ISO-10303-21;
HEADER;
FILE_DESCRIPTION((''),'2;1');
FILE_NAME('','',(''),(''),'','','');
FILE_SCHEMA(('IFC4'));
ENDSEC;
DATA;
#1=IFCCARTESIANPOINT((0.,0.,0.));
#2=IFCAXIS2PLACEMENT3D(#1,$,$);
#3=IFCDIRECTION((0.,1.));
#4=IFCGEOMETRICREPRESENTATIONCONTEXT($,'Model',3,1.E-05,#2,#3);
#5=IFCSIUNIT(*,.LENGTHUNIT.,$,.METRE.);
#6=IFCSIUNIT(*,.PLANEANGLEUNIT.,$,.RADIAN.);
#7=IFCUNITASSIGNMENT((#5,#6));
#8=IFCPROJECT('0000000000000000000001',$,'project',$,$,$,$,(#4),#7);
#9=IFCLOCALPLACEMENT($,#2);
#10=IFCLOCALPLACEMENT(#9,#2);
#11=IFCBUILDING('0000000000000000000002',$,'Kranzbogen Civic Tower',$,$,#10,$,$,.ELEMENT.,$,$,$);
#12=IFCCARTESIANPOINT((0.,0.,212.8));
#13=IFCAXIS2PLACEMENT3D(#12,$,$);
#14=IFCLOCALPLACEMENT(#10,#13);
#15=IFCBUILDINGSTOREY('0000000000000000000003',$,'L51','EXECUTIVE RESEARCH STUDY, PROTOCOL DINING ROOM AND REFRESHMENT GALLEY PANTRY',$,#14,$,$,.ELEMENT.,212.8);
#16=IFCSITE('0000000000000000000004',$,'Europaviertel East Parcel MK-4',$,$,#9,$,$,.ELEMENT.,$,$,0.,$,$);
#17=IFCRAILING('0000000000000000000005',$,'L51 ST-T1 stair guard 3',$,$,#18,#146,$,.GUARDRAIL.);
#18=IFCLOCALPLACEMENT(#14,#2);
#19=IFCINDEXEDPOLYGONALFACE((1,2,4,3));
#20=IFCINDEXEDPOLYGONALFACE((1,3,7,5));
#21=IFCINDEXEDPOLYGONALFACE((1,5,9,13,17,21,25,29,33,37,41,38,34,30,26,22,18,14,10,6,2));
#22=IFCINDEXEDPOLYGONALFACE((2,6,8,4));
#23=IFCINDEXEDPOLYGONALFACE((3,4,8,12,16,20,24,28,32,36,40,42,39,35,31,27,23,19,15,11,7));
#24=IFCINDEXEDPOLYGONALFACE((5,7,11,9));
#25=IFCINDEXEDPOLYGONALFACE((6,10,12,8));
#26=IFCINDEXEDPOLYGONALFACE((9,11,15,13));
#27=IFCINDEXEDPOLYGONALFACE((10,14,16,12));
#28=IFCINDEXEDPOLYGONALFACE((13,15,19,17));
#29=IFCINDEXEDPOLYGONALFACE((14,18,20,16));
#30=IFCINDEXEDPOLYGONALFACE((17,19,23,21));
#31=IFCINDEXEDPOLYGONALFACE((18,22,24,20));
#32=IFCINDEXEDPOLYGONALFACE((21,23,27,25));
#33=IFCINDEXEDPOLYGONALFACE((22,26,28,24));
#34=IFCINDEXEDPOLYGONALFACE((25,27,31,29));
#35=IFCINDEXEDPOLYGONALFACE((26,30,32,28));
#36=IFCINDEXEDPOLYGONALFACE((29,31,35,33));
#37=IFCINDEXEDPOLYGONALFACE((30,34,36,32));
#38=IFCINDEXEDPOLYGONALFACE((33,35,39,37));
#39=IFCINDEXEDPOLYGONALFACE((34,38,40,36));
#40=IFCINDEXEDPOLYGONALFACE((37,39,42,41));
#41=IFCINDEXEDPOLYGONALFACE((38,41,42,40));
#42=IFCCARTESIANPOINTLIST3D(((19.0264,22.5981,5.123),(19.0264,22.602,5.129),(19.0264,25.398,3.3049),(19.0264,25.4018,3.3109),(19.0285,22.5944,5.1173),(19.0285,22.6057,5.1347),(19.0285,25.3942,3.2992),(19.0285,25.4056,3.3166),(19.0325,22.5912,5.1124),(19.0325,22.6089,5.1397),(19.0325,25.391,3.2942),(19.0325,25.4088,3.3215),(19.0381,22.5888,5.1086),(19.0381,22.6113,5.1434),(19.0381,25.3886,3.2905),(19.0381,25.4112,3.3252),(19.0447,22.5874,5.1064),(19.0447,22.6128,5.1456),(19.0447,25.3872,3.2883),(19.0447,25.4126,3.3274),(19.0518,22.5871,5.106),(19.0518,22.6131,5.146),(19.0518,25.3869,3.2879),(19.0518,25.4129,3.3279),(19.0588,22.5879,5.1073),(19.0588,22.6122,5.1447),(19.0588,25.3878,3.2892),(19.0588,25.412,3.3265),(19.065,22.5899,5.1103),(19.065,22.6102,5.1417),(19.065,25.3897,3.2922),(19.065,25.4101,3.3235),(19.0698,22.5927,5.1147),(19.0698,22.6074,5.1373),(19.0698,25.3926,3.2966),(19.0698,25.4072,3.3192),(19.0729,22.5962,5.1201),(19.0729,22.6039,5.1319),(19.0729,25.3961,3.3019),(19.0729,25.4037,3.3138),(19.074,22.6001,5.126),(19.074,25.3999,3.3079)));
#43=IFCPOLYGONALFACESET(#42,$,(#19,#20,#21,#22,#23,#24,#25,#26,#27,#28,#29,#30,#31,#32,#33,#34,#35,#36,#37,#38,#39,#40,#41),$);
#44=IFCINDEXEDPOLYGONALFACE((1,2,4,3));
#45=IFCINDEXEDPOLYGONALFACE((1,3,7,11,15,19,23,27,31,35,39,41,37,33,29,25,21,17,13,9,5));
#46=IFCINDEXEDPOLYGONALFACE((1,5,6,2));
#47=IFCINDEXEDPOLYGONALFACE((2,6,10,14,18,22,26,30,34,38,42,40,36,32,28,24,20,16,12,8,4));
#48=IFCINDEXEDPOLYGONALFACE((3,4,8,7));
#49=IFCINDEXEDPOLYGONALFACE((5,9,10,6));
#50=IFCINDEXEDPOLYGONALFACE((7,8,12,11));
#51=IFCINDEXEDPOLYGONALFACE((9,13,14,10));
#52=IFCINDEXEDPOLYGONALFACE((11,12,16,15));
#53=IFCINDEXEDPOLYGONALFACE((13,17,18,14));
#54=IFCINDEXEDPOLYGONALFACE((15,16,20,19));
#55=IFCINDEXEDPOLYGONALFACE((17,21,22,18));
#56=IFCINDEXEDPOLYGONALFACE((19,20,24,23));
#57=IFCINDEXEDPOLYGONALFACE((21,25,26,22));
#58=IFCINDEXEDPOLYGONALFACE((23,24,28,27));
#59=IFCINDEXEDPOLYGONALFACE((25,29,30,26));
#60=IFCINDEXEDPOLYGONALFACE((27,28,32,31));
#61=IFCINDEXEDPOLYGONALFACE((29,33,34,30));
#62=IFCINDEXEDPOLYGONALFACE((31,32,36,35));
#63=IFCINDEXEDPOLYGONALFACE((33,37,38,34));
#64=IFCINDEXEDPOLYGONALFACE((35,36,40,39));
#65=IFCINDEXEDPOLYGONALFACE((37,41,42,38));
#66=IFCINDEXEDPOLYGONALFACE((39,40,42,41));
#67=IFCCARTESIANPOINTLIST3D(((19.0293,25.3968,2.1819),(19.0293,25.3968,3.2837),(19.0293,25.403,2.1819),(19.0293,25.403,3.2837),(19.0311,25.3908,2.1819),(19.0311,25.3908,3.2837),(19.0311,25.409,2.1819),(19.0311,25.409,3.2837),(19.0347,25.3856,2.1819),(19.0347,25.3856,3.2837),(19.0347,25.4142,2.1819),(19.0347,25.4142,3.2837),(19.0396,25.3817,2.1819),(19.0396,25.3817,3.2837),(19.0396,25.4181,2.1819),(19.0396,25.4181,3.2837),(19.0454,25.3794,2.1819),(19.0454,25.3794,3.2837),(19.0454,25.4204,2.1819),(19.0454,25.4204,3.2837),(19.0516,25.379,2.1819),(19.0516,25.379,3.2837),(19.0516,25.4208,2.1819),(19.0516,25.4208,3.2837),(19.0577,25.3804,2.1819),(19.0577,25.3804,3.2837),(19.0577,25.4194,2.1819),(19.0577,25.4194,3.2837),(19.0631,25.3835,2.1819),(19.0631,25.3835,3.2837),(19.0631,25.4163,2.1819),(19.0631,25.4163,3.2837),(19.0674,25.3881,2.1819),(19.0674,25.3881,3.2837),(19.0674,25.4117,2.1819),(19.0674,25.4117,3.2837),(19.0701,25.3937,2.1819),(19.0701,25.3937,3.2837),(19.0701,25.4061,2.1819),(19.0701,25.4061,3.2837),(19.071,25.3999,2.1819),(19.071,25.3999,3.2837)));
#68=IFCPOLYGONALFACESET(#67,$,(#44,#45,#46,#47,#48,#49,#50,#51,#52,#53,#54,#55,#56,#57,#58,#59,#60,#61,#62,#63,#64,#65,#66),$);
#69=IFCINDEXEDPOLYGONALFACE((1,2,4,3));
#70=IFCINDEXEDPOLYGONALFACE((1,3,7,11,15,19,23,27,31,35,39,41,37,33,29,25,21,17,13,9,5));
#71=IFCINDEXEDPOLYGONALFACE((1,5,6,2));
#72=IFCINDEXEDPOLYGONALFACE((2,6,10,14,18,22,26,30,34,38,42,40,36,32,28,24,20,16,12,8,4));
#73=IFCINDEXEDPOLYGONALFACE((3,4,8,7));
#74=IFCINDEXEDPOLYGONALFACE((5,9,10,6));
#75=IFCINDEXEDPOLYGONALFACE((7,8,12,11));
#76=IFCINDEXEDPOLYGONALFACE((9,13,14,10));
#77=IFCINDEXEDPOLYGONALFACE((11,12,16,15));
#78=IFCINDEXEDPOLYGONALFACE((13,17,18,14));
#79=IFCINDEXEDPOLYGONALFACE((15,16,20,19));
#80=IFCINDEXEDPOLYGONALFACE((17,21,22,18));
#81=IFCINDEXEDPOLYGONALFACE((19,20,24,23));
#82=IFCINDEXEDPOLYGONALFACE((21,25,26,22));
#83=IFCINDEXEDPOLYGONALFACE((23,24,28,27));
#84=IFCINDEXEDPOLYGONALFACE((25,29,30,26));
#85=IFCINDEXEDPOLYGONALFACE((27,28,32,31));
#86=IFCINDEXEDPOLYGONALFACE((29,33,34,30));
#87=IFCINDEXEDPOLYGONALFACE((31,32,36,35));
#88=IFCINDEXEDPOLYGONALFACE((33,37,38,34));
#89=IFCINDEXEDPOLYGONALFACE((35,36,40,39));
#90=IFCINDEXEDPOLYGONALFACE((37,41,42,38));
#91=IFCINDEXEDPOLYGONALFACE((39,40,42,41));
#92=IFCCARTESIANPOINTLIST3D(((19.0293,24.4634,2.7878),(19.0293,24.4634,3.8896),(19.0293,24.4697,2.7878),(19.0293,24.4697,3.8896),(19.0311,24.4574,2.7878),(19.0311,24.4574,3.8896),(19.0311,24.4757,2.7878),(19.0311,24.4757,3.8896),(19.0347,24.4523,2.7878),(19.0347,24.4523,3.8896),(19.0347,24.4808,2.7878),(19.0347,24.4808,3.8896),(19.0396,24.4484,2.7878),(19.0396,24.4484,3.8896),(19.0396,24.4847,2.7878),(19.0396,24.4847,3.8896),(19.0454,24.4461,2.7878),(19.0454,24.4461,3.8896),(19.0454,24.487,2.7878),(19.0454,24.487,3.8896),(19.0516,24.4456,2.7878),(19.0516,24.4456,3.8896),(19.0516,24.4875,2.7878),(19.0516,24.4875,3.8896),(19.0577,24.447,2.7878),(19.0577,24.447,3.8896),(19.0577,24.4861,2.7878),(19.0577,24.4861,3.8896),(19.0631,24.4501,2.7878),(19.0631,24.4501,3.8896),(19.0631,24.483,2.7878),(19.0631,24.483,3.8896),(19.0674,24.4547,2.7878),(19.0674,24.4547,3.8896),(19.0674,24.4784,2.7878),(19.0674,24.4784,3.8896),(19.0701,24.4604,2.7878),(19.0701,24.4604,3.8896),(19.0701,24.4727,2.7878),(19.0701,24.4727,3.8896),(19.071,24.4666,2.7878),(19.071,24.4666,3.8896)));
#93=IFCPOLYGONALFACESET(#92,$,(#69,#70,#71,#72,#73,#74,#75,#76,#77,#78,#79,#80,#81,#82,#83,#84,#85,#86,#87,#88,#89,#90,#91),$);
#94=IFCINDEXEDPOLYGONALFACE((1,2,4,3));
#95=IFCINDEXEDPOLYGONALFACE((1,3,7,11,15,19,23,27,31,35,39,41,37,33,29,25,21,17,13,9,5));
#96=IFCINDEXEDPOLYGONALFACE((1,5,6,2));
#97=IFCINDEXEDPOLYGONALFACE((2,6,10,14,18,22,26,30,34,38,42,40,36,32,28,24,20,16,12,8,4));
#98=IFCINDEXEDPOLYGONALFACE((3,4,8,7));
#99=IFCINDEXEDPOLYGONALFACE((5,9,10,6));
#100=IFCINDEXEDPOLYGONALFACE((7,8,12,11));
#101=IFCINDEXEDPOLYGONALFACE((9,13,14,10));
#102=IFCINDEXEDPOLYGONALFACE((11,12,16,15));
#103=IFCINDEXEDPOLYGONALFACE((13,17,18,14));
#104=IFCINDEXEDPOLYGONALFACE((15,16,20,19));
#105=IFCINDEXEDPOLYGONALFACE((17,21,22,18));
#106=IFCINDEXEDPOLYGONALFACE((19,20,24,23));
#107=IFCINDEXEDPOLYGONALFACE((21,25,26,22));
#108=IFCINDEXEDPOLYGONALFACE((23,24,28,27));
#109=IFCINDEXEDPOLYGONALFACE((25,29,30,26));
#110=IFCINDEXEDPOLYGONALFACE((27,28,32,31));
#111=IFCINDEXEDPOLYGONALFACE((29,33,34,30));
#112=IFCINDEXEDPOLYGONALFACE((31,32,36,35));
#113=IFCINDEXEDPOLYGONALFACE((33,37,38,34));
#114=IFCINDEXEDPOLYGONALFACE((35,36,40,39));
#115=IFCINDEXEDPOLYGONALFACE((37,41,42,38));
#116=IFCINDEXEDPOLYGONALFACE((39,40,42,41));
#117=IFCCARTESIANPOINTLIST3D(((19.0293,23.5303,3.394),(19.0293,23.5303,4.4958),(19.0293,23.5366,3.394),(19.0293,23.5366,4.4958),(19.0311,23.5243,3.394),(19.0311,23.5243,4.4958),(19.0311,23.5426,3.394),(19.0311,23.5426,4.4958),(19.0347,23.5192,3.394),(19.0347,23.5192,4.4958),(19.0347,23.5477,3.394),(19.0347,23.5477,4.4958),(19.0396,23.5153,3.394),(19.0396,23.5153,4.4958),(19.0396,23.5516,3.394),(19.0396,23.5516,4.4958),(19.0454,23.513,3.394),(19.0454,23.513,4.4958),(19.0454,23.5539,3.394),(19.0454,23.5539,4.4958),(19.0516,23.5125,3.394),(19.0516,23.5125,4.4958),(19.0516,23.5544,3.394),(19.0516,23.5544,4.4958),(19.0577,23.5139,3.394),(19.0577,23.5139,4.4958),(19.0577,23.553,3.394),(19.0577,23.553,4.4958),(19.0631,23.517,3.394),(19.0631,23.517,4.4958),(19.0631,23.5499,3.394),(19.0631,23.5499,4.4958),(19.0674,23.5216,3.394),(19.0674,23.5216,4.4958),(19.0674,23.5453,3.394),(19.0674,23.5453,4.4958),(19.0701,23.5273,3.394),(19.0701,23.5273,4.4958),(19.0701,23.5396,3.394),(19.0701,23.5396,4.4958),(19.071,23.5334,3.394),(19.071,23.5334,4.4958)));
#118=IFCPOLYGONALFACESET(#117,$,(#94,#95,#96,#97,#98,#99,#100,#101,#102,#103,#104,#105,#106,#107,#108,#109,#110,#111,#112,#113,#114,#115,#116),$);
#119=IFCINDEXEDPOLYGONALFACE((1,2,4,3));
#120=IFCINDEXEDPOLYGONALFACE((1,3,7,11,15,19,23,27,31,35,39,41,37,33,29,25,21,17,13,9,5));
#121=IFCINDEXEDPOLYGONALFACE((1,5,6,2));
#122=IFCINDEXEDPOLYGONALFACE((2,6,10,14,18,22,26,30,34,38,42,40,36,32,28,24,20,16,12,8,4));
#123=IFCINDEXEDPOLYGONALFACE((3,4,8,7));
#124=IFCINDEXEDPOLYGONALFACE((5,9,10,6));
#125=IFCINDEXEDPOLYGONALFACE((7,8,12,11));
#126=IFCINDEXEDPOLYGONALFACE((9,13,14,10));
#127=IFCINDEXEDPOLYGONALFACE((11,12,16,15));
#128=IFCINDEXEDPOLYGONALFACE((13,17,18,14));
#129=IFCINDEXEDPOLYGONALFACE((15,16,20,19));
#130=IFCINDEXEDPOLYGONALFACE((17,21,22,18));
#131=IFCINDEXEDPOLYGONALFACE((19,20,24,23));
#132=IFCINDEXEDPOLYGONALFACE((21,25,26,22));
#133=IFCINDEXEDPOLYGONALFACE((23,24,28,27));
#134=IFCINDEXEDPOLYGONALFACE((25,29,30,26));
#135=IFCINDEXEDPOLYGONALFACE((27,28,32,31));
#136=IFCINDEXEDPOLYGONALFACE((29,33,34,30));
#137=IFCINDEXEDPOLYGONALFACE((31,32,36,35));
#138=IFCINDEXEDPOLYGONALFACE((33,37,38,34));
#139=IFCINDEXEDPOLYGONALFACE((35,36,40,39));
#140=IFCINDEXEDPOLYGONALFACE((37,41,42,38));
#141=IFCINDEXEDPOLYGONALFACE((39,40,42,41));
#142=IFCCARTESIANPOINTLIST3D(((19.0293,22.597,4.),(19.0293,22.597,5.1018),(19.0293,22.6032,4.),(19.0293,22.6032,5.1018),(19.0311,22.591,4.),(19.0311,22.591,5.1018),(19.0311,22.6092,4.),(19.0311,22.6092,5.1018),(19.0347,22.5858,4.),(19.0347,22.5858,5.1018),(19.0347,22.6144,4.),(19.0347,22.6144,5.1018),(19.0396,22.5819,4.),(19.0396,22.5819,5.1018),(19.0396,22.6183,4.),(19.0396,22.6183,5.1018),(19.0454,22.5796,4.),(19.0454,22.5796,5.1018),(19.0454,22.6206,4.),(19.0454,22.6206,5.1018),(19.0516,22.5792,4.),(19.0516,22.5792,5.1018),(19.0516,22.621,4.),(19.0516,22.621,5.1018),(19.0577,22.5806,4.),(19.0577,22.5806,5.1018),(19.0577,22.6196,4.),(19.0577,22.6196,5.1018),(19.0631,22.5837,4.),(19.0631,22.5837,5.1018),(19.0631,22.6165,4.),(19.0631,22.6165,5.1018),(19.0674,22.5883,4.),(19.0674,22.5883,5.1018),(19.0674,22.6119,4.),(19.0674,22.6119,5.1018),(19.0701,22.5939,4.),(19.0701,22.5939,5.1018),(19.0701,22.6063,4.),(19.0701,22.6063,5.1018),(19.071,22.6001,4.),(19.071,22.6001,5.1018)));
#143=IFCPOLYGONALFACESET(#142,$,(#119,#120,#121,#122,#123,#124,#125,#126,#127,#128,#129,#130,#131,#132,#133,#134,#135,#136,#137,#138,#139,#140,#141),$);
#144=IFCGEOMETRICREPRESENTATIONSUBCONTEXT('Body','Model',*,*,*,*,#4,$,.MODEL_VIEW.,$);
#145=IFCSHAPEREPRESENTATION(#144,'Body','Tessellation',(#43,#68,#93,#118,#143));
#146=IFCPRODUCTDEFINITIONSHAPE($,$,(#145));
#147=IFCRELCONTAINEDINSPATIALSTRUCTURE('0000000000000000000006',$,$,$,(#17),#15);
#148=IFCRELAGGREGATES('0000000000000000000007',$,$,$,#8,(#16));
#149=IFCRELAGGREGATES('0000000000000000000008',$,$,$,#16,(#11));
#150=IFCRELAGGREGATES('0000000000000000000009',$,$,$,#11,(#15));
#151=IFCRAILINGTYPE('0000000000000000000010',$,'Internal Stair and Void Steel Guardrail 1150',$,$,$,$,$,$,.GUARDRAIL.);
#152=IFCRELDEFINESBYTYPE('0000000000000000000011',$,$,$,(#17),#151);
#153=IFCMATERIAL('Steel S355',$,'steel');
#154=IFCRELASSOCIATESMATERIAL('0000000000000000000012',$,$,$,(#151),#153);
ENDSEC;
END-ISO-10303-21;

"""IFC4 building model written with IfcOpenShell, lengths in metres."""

from ifc_helpers import new_model, si_unit, direction, frame, origin, origin_2d, place, context, subcontext, project, spatial, circle, extrude, material, type_object, element, save


model = new_model("IFC4")

# Units and contexts
model_context = context("Model", 3, precision=1e-05, world=origin(), true_north=direction((0.0, 1.0)))
body_context = subcontext(model_context, "Body", "Model", "MODEL_VIEW")
ifc_project = project(units=[si_unit("LENGTHUNIT", "METRE"), si_unit("PLANEANGLEUNIT", "RADIAN")], contexts=[model_context])

# Site, building, storey
site_placement = place(None, origin())
site = spatial("IfcSite", under=ifc_project, at=site_placement, Name="Europaviertel East Parcel MK-4", CompositionType="ELEMENT", RefElevation=0.0)
building_placement = place(site_placement, origin())
building = spatial("IfcBuilding", under=site, at=building_placement, Name="Kranzbogen Civic Tower", CompositionType="ELEMENT")
storey_placement = place(building_placement, frame((0.0, 0.0, 212.8)))
storey = spatial("IfcBuildingStorey", under=building, at=storey_placement, Name="L51", Description="EXECUTIVE RESEARCH STUDY, PROTOCOL DINING ROOM AND REFRESHMENT GALLEY PANTRY", CompositionType="ELEMENT", Elevation=212.8)

# Shared definitions
ifc_material_1 = material(Name="Steel S355", Category="steel")

# Railing
railing_type_1 = type_object("IfcRailingType", Name="Internal Stair and Void Steel Guardrail 1150", PredefinedType="GUARDRAIL", material=ifc_material_1)
railing_1_placement = place(storey_placement, frame((19.05, 25.3999, 2.1819)))
element("IfcRailing", 1, at=railing_1_placement, inside=storey, type_object=railing_type_1, Name="L51 ST-T1 stair guard 3", PredefinedType="GUARDRAIL", context=body_context, shape_type="SweptSolid", body=[
    extrude(circle(Radius=0.0239, at=origin_2d()), frame((0.0, 0.0, 1.126), z_axis=(0.0, -0.838684, 0.544618), x_axis=(1.0, 0.0, 0.0)), (0.0, 0.0, 1.0), 3.3384),
    extrude(circle(Radius=0.021, at=origin_2d()), origin(), (0.0, 0.0, 1.0), 1.1018),
    extrude(circle(Radius=0.021, at=origin_2d()), frame((0.0, -0.9333, 0.606)), (0.0, 0.0, 1.0), 1.1018),
    extrude(circle(Radius=0.021, at=origin_2d()), frame((0.0, -1.8665, 1.2122)), (0.0, 0.0, 1.0), 1.1018),
    extrude(circle(Radius=0.021, at=origin_2d()), frame((0.0, -2.7998, 1.8181)), (0.0, 0.0, 1.0), 1.1018),
])

save(model, "model.ifc")
